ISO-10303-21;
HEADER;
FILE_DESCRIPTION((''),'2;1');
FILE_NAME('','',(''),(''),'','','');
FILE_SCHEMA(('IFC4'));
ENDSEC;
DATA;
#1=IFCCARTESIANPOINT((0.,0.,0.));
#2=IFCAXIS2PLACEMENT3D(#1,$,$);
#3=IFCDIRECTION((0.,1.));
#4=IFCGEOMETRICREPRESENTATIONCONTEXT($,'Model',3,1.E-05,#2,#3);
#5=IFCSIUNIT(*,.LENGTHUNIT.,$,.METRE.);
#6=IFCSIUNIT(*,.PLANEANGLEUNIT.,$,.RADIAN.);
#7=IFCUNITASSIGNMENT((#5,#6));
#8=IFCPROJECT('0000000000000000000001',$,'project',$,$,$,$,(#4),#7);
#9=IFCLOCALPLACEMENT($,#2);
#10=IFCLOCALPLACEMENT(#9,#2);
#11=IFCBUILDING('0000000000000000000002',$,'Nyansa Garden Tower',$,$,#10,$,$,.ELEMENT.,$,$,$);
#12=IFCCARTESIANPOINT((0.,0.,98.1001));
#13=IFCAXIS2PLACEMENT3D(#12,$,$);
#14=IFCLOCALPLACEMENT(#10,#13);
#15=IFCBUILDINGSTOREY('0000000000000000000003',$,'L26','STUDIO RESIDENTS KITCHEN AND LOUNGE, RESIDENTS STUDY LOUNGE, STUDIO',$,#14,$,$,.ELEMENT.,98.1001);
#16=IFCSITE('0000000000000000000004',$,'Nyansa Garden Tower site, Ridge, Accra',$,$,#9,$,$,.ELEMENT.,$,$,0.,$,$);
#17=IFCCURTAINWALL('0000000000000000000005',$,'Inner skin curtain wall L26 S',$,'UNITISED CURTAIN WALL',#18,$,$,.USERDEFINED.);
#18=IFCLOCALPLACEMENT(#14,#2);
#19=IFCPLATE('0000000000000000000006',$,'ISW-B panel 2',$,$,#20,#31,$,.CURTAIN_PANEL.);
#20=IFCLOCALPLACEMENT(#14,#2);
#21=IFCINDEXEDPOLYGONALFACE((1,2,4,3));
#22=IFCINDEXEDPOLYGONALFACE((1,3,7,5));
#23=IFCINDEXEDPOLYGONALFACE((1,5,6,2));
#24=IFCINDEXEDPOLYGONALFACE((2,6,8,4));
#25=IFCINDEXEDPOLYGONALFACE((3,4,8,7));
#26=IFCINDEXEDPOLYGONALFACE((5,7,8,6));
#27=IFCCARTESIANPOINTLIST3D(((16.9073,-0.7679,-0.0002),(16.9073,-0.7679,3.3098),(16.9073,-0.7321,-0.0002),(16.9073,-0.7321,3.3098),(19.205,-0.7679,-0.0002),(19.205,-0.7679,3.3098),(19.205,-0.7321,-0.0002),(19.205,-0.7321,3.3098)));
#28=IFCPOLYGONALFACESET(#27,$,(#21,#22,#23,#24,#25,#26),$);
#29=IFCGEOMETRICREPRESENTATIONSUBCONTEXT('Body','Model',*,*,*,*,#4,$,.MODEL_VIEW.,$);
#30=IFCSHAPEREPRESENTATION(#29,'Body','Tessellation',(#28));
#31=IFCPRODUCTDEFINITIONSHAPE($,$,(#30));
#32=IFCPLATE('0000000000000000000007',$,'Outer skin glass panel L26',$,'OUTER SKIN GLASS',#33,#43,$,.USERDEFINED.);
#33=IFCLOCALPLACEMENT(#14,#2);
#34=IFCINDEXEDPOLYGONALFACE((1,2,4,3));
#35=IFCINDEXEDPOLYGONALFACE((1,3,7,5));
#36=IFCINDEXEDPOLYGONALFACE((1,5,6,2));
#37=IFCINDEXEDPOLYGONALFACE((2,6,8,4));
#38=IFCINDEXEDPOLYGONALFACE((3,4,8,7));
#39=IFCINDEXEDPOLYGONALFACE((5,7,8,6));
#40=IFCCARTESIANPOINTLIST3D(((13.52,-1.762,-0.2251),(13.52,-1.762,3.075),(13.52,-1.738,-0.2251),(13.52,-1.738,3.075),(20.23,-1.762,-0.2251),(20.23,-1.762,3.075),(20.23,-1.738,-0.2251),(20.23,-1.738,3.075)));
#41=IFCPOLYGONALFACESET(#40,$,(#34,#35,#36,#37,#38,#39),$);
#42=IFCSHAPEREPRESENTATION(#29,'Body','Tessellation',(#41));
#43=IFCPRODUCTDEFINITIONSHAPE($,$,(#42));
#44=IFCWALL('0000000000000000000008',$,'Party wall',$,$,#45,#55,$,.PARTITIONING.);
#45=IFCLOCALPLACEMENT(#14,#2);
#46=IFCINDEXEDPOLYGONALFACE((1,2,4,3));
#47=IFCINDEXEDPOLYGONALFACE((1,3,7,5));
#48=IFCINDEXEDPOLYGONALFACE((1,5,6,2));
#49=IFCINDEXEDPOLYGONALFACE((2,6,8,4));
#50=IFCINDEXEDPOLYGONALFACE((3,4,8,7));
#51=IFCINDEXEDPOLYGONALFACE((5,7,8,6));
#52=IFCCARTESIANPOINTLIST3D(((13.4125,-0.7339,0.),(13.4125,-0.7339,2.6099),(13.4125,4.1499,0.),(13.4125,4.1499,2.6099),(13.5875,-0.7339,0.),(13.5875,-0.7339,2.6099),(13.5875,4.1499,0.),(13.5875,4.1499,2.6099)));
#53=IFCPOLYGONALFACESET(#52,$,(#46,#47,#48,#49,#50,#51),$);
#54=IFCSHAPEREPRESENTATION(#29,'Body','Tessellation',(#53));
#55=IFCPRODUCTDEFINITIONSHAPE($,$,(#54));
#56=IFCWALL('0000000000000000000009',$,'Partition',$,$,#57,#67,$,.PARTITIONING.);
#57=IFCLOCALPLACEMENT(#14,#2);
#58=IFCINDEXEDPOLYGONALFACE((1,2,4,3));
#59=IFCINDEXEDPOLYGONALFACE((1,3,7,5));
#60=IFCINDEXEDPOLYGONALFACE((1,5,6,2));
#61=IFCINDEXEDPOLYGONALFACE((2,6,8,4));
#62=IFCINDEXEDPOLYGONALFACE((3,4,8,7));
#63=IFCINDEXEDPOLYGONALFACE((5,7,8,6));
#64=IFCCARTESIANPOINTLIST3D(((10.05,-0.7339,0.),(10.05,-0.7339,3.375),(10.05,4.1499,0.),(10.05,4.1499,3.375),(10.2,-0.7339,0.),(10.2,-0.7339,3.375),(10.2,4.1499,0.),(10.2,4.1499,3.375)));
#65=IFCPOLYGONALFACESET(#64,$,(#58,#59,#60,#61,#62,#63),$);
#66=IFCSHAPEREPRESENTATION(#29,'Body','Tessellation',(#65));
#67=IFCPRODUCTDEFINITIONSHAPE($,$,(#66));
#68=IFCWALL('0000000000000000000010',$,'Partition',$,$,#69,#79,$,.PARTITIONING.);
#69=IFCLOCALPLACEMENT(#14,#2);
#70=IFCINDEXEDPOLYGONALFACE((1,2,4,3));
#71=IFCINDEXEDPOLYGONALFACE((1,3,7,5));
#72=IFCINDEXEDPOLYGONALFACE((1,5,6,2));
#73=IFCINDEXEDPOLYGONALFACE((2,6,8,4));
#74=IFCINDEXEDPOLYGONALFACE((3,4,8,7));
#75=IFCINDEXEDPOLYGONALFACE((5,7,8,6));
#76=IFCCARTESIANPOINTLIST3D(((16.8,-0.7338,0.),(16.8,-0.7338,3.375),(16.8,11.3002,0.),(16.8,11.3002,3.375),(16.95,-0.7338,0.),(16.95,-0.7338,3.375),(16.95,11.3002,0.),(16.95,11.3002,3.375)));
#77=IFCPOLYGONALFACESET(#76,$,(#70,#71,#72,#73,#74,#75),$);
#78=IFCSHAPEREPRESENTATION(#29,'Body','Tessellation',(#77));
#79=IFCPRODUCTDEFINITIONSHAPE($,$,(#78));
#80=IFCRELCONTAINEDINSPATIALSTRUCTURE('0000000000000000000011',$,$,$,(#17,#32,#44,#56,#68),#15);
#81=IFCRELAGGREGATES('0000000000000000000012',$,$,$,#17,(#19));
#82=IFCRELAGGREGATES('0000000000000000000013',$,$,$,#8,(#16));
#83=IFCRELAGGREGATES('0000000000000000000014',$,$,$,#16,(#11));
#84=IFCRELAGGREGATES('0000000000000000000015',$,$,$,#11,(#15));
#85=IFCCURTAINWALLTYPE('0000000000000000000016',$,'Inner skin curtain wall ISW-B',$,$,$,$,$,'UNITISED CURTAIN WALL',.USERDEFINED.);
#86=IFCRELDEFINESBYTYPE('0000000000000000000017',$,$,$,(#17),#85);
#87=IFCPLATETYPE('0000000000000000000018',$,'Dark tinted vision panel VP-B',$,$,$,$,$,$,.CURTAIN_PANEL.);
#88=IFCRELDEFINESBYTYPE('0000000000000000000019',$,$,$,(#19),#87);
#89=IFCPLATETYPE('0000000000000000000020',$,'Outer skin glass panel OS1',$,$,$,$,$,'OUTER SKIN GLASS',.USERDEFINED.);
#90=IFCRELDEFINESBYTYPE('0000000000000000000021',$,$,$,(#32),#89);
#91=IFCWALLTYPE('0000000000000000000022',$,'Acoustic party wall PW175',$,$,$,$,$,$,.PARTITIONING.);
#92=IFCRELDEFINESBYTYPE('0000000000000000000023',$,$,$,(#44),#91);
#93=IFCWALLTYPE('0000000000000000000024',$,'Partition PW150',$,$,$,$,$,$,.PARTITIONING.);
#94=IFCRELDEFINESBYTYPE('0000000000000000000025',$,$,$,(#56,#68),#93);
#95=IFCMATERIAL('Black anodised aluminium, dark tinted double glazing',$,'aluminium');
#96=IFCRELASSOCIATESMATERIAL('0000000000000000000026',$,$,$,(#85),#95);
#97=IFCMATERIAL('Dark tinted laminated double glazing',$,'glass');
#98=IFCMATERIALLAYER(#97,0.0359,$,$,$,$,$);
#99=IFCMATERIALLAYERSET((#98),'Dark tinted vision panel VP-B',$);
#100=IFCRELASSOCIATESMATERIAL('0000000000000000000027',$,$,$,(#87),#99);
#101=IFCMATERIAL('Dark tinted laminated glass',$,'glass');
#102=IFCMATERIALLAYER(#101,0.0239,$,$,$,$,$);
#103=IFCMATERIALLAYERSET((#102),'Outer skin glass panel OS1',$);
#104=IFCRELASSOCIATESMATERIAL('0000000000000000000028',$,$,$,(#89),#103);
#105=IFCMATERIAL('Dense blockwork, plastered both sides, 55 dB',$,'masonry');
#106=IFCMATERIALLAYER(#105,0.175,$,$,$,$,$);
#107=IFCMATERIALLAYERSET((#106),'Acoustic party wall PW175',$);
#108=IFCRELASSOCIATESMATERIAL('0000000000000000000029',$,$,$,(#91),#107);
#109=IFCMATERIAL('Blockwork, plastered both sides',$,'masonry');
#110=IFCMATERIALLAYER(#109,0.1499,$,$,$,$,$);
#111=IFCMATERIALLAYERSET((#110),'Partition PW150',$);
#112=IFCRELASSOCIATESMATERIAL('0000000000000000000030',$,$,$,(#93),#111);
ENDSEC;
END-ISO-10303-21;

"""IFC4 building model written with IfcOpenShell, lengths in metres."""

from ifc_helpers import new_model, si_unit, direction, frame, frame_2d, origin, origin_2d, place, context, subcontext, project, spatial, rectangle, extrude, material, layer, layer_set, type_object, element, aggregate, save


model = new_model("IFC4")

# Units and contexts
model_context = context("Model", 3, precision=1e-05, world=origin(), true_north=direction((0.0, 1.0)))
body_context = subcontext(model_context, "Body", "Model", "MODEL_VIEW")
ifc_project = project(units=[si_unit("LENGTHUNIT", "METRE"), si_unit("PLANEANGLEUNIT", "RADIAN")], contexts=[model_context])

# Site, building, storey
site_placement = place(None, origin())
site = spatial("IfcSite", under=ifc_project, at=site_placement, Name="Nyansa Garden Tower site, Ridge, Accra", CompositionType="ELEMENT", RefElevation=0.0)
building_placement = place(site_placement, origin())
building = spatial("IfcBuilding", under=site, at=building_placement, Name="Nyansa Garden Tower", CompositionType="ELEMENT")
storey_placement = place(building_placement, frame((0.0, 0.0, 98.1001)))
storey = spatial("IfcBuildingStorey", under=building, at=storey_placement, Name="L26", Description="STUDIO RESIDENTS KITCHEN AND LOUNGE, RESIDENTS STUDY LOUNGE, STUDIO", CompositionType="ELEMENT", Elevation=98.1001)

# Curtain wall
ifc_material_1 = material(Name="Black anodised aluminium, dark tinted double glazing", Category="aluminium")
curtain_wall_type = type_object("IfcCurtainWallType", Name="Inner skin curtain wall ISW-B", ElementType="UNITISED CURTAIN WALL", PredefinedType="USERDEFINED", material=ifc_material_1)
curtain_wall_1_placement = place(storey_placement, origin())
curtain_wall_1 = element("IfcCurtainWall", 1, at=curtain_wall_1_placement, inside=storey, type_object=curtain_wall_type, Name="Inner skin curtain wall L26 S", ObjectType="UNITISED CURTAIN WALL", PredefinedType="USERDEFINED")

# Plates
ifc_material_2 = material(Name="Dark tinted laminated double glazing", Category="glass")
ifc_layer_1 = layer(ifc_material_2, 0.0359)
ifc_layer_set_1 = layer_set([ifc_layer_1], Name="Dark tinted vision panel VP-B")
plate_type_1 = type_object("IfcPlateType", Name="Dark tinted vision panel VP-B", PredefinedType="CURTAIN_PANEL", material=ifc_layer_set_1)
plate_1_placement = place(storey_placement, frame((18.0562, -0.75, -0.0002), z_axis=(0.0, 0.0, 1.0), x_axis=(1.0, 0.0, 0.0)))
plate_1 = element("IfcPlate", 2, at=plate_1_placement, type_object=plate_type_1, Name="ISW-B panel 2", PredefinedType="CURTAIN_PANEL", context=body_context, shape_type="SweptSolid", body=[
    extrude(rectangle(XDim=2.2976, YDim=0.0359, at=origin_2d()), origin(), (0.0, 0.0, 1.0), 3.3101),
])
aggregate(curtain_wall_1, [plate_1])
ifc_material_3 = material(Name="Dark tinted laminated glass", Category="glass")
ifc_layer_2 = layer(ifc_material_3, 0.0239)
ifc_layer_set_2 = layer_set([ifc_layer_2], Name="Outer skin glass panel OS1")
plate_type_2 = type_object("IfcPlateType", Name="Outer skin glass panel OS1", ElementType="OUTER SKIN GLASS", PredefinedType="USERDEFINED", material=ifc_layer_set_2)
plate_2_placement = place(storey_placement, frame((16.875, -1.75, -0.2251), z_axis=(0.0, 0.0, 1.0), x_axis=(1.0, 0.0, 0.0)))
element("IfcPlate", 3, at=plate_2_placement, inside=storey, type_object=plate_type_2, Name="Outer skin glass panel L26", ObjectType="OUTER SKIN GLASS", PredefinedType="USERDEFINED", context=body_context, shape_type="SweptSolid", body=[
    extrude(rectangle(XDim=6.71, YDim=0.0239, at=origin_2d()), origin(), (0.0, 0.0, 1.0), 3.3),
])

# Walls
ifc_material_4 = material(Name="Dense blockwork, plastered both sides, 55 dB", Category="masonry")
ifc_layer_3 = layer(ifc_material_4, 0.175)
ifc_layer_set_3 = layer_set([ifc_layer_3], Name="Acoustic party wall PW175")
wall_type_1 = type_object("IfcWallType", Name="Acoustic party wall PW175", PredefinedType="PARTITIONING", material=ifc_layer_set_3)
wall_1_placement = place(storey_placement, frame((13.5, -0.7339, 0.0), z_axis=(0.0, 0.0, 1.0), x_axis=(0.0, 1.0, 0.0)))
element("IfcWall", 4, at=wall_1_placement, inside=storey, type_object=wall_type_1, Name="Party wall", PredefinedType="PARTITIONING", context=body_context, shape_type="SweptSolid", body=[
    extrude(rectangle(XDim=4.8838, YDim=0.175, at=frame_2d((2.4419, 0.0))), origin(), (0.0, 0.0, 1.0), 2.6099),
])
ifc_material_5 = material(Name="Blockwork, plastered both sides", Category="masonry")
ifc_layer_4 = layer(ifc_material_5, 0.1499)
ifc_layer_set_4 = layer_set([ifc_layer_4], Name="Partition PW150")
wall_type_2 = type_object("IfcWallType", Name="Partition PW150", PredefinedType="PARTITIONING", material=ifc_layer_set_4)
wall_2_placement = place(storey_placement, frame((10.125, -0.7339, 0.0), z_axis=(0.0, 0.0, 1.0), x_axis=(0.0, 1.0, 0.0)))
element("IfcWall", 5, at=wall_2_placement, inside=storey, type_object=wall_type_2, Name="Partition", PredefinedType="PARTITIONING", context=body_context, shape_type="SweptSolid", body=[
    extrude(rectangle(XDim=4.8838, YDim=0.1499, at=frame_2d((2.4419, 0.0))), origin(), (0.0, 0.0, 1.0), 3.375),
])
wall_3_placement = place(storey_placement, frame((16.875, -0.7339, 0.0), z_axis=(0.0, 0.0, 1.0), x_axis=(0.0, 1.0, 0.0)))
element("IfcWall", 6, at=wall_3_placement, inside=storey, type_object=wall_type_2, Name="Partition", PredefinedType="PARTITIONING", context=body_context, shape_type="SweptSolid", body=[
    extrude(rectangle(XDim=12.0339, YDim=0.1499, at=frame_2d((6.0171, 0.0))), origin(), (0.0, 0.0, 1.0), 3.375),
])

save(model, "model.ifc")
